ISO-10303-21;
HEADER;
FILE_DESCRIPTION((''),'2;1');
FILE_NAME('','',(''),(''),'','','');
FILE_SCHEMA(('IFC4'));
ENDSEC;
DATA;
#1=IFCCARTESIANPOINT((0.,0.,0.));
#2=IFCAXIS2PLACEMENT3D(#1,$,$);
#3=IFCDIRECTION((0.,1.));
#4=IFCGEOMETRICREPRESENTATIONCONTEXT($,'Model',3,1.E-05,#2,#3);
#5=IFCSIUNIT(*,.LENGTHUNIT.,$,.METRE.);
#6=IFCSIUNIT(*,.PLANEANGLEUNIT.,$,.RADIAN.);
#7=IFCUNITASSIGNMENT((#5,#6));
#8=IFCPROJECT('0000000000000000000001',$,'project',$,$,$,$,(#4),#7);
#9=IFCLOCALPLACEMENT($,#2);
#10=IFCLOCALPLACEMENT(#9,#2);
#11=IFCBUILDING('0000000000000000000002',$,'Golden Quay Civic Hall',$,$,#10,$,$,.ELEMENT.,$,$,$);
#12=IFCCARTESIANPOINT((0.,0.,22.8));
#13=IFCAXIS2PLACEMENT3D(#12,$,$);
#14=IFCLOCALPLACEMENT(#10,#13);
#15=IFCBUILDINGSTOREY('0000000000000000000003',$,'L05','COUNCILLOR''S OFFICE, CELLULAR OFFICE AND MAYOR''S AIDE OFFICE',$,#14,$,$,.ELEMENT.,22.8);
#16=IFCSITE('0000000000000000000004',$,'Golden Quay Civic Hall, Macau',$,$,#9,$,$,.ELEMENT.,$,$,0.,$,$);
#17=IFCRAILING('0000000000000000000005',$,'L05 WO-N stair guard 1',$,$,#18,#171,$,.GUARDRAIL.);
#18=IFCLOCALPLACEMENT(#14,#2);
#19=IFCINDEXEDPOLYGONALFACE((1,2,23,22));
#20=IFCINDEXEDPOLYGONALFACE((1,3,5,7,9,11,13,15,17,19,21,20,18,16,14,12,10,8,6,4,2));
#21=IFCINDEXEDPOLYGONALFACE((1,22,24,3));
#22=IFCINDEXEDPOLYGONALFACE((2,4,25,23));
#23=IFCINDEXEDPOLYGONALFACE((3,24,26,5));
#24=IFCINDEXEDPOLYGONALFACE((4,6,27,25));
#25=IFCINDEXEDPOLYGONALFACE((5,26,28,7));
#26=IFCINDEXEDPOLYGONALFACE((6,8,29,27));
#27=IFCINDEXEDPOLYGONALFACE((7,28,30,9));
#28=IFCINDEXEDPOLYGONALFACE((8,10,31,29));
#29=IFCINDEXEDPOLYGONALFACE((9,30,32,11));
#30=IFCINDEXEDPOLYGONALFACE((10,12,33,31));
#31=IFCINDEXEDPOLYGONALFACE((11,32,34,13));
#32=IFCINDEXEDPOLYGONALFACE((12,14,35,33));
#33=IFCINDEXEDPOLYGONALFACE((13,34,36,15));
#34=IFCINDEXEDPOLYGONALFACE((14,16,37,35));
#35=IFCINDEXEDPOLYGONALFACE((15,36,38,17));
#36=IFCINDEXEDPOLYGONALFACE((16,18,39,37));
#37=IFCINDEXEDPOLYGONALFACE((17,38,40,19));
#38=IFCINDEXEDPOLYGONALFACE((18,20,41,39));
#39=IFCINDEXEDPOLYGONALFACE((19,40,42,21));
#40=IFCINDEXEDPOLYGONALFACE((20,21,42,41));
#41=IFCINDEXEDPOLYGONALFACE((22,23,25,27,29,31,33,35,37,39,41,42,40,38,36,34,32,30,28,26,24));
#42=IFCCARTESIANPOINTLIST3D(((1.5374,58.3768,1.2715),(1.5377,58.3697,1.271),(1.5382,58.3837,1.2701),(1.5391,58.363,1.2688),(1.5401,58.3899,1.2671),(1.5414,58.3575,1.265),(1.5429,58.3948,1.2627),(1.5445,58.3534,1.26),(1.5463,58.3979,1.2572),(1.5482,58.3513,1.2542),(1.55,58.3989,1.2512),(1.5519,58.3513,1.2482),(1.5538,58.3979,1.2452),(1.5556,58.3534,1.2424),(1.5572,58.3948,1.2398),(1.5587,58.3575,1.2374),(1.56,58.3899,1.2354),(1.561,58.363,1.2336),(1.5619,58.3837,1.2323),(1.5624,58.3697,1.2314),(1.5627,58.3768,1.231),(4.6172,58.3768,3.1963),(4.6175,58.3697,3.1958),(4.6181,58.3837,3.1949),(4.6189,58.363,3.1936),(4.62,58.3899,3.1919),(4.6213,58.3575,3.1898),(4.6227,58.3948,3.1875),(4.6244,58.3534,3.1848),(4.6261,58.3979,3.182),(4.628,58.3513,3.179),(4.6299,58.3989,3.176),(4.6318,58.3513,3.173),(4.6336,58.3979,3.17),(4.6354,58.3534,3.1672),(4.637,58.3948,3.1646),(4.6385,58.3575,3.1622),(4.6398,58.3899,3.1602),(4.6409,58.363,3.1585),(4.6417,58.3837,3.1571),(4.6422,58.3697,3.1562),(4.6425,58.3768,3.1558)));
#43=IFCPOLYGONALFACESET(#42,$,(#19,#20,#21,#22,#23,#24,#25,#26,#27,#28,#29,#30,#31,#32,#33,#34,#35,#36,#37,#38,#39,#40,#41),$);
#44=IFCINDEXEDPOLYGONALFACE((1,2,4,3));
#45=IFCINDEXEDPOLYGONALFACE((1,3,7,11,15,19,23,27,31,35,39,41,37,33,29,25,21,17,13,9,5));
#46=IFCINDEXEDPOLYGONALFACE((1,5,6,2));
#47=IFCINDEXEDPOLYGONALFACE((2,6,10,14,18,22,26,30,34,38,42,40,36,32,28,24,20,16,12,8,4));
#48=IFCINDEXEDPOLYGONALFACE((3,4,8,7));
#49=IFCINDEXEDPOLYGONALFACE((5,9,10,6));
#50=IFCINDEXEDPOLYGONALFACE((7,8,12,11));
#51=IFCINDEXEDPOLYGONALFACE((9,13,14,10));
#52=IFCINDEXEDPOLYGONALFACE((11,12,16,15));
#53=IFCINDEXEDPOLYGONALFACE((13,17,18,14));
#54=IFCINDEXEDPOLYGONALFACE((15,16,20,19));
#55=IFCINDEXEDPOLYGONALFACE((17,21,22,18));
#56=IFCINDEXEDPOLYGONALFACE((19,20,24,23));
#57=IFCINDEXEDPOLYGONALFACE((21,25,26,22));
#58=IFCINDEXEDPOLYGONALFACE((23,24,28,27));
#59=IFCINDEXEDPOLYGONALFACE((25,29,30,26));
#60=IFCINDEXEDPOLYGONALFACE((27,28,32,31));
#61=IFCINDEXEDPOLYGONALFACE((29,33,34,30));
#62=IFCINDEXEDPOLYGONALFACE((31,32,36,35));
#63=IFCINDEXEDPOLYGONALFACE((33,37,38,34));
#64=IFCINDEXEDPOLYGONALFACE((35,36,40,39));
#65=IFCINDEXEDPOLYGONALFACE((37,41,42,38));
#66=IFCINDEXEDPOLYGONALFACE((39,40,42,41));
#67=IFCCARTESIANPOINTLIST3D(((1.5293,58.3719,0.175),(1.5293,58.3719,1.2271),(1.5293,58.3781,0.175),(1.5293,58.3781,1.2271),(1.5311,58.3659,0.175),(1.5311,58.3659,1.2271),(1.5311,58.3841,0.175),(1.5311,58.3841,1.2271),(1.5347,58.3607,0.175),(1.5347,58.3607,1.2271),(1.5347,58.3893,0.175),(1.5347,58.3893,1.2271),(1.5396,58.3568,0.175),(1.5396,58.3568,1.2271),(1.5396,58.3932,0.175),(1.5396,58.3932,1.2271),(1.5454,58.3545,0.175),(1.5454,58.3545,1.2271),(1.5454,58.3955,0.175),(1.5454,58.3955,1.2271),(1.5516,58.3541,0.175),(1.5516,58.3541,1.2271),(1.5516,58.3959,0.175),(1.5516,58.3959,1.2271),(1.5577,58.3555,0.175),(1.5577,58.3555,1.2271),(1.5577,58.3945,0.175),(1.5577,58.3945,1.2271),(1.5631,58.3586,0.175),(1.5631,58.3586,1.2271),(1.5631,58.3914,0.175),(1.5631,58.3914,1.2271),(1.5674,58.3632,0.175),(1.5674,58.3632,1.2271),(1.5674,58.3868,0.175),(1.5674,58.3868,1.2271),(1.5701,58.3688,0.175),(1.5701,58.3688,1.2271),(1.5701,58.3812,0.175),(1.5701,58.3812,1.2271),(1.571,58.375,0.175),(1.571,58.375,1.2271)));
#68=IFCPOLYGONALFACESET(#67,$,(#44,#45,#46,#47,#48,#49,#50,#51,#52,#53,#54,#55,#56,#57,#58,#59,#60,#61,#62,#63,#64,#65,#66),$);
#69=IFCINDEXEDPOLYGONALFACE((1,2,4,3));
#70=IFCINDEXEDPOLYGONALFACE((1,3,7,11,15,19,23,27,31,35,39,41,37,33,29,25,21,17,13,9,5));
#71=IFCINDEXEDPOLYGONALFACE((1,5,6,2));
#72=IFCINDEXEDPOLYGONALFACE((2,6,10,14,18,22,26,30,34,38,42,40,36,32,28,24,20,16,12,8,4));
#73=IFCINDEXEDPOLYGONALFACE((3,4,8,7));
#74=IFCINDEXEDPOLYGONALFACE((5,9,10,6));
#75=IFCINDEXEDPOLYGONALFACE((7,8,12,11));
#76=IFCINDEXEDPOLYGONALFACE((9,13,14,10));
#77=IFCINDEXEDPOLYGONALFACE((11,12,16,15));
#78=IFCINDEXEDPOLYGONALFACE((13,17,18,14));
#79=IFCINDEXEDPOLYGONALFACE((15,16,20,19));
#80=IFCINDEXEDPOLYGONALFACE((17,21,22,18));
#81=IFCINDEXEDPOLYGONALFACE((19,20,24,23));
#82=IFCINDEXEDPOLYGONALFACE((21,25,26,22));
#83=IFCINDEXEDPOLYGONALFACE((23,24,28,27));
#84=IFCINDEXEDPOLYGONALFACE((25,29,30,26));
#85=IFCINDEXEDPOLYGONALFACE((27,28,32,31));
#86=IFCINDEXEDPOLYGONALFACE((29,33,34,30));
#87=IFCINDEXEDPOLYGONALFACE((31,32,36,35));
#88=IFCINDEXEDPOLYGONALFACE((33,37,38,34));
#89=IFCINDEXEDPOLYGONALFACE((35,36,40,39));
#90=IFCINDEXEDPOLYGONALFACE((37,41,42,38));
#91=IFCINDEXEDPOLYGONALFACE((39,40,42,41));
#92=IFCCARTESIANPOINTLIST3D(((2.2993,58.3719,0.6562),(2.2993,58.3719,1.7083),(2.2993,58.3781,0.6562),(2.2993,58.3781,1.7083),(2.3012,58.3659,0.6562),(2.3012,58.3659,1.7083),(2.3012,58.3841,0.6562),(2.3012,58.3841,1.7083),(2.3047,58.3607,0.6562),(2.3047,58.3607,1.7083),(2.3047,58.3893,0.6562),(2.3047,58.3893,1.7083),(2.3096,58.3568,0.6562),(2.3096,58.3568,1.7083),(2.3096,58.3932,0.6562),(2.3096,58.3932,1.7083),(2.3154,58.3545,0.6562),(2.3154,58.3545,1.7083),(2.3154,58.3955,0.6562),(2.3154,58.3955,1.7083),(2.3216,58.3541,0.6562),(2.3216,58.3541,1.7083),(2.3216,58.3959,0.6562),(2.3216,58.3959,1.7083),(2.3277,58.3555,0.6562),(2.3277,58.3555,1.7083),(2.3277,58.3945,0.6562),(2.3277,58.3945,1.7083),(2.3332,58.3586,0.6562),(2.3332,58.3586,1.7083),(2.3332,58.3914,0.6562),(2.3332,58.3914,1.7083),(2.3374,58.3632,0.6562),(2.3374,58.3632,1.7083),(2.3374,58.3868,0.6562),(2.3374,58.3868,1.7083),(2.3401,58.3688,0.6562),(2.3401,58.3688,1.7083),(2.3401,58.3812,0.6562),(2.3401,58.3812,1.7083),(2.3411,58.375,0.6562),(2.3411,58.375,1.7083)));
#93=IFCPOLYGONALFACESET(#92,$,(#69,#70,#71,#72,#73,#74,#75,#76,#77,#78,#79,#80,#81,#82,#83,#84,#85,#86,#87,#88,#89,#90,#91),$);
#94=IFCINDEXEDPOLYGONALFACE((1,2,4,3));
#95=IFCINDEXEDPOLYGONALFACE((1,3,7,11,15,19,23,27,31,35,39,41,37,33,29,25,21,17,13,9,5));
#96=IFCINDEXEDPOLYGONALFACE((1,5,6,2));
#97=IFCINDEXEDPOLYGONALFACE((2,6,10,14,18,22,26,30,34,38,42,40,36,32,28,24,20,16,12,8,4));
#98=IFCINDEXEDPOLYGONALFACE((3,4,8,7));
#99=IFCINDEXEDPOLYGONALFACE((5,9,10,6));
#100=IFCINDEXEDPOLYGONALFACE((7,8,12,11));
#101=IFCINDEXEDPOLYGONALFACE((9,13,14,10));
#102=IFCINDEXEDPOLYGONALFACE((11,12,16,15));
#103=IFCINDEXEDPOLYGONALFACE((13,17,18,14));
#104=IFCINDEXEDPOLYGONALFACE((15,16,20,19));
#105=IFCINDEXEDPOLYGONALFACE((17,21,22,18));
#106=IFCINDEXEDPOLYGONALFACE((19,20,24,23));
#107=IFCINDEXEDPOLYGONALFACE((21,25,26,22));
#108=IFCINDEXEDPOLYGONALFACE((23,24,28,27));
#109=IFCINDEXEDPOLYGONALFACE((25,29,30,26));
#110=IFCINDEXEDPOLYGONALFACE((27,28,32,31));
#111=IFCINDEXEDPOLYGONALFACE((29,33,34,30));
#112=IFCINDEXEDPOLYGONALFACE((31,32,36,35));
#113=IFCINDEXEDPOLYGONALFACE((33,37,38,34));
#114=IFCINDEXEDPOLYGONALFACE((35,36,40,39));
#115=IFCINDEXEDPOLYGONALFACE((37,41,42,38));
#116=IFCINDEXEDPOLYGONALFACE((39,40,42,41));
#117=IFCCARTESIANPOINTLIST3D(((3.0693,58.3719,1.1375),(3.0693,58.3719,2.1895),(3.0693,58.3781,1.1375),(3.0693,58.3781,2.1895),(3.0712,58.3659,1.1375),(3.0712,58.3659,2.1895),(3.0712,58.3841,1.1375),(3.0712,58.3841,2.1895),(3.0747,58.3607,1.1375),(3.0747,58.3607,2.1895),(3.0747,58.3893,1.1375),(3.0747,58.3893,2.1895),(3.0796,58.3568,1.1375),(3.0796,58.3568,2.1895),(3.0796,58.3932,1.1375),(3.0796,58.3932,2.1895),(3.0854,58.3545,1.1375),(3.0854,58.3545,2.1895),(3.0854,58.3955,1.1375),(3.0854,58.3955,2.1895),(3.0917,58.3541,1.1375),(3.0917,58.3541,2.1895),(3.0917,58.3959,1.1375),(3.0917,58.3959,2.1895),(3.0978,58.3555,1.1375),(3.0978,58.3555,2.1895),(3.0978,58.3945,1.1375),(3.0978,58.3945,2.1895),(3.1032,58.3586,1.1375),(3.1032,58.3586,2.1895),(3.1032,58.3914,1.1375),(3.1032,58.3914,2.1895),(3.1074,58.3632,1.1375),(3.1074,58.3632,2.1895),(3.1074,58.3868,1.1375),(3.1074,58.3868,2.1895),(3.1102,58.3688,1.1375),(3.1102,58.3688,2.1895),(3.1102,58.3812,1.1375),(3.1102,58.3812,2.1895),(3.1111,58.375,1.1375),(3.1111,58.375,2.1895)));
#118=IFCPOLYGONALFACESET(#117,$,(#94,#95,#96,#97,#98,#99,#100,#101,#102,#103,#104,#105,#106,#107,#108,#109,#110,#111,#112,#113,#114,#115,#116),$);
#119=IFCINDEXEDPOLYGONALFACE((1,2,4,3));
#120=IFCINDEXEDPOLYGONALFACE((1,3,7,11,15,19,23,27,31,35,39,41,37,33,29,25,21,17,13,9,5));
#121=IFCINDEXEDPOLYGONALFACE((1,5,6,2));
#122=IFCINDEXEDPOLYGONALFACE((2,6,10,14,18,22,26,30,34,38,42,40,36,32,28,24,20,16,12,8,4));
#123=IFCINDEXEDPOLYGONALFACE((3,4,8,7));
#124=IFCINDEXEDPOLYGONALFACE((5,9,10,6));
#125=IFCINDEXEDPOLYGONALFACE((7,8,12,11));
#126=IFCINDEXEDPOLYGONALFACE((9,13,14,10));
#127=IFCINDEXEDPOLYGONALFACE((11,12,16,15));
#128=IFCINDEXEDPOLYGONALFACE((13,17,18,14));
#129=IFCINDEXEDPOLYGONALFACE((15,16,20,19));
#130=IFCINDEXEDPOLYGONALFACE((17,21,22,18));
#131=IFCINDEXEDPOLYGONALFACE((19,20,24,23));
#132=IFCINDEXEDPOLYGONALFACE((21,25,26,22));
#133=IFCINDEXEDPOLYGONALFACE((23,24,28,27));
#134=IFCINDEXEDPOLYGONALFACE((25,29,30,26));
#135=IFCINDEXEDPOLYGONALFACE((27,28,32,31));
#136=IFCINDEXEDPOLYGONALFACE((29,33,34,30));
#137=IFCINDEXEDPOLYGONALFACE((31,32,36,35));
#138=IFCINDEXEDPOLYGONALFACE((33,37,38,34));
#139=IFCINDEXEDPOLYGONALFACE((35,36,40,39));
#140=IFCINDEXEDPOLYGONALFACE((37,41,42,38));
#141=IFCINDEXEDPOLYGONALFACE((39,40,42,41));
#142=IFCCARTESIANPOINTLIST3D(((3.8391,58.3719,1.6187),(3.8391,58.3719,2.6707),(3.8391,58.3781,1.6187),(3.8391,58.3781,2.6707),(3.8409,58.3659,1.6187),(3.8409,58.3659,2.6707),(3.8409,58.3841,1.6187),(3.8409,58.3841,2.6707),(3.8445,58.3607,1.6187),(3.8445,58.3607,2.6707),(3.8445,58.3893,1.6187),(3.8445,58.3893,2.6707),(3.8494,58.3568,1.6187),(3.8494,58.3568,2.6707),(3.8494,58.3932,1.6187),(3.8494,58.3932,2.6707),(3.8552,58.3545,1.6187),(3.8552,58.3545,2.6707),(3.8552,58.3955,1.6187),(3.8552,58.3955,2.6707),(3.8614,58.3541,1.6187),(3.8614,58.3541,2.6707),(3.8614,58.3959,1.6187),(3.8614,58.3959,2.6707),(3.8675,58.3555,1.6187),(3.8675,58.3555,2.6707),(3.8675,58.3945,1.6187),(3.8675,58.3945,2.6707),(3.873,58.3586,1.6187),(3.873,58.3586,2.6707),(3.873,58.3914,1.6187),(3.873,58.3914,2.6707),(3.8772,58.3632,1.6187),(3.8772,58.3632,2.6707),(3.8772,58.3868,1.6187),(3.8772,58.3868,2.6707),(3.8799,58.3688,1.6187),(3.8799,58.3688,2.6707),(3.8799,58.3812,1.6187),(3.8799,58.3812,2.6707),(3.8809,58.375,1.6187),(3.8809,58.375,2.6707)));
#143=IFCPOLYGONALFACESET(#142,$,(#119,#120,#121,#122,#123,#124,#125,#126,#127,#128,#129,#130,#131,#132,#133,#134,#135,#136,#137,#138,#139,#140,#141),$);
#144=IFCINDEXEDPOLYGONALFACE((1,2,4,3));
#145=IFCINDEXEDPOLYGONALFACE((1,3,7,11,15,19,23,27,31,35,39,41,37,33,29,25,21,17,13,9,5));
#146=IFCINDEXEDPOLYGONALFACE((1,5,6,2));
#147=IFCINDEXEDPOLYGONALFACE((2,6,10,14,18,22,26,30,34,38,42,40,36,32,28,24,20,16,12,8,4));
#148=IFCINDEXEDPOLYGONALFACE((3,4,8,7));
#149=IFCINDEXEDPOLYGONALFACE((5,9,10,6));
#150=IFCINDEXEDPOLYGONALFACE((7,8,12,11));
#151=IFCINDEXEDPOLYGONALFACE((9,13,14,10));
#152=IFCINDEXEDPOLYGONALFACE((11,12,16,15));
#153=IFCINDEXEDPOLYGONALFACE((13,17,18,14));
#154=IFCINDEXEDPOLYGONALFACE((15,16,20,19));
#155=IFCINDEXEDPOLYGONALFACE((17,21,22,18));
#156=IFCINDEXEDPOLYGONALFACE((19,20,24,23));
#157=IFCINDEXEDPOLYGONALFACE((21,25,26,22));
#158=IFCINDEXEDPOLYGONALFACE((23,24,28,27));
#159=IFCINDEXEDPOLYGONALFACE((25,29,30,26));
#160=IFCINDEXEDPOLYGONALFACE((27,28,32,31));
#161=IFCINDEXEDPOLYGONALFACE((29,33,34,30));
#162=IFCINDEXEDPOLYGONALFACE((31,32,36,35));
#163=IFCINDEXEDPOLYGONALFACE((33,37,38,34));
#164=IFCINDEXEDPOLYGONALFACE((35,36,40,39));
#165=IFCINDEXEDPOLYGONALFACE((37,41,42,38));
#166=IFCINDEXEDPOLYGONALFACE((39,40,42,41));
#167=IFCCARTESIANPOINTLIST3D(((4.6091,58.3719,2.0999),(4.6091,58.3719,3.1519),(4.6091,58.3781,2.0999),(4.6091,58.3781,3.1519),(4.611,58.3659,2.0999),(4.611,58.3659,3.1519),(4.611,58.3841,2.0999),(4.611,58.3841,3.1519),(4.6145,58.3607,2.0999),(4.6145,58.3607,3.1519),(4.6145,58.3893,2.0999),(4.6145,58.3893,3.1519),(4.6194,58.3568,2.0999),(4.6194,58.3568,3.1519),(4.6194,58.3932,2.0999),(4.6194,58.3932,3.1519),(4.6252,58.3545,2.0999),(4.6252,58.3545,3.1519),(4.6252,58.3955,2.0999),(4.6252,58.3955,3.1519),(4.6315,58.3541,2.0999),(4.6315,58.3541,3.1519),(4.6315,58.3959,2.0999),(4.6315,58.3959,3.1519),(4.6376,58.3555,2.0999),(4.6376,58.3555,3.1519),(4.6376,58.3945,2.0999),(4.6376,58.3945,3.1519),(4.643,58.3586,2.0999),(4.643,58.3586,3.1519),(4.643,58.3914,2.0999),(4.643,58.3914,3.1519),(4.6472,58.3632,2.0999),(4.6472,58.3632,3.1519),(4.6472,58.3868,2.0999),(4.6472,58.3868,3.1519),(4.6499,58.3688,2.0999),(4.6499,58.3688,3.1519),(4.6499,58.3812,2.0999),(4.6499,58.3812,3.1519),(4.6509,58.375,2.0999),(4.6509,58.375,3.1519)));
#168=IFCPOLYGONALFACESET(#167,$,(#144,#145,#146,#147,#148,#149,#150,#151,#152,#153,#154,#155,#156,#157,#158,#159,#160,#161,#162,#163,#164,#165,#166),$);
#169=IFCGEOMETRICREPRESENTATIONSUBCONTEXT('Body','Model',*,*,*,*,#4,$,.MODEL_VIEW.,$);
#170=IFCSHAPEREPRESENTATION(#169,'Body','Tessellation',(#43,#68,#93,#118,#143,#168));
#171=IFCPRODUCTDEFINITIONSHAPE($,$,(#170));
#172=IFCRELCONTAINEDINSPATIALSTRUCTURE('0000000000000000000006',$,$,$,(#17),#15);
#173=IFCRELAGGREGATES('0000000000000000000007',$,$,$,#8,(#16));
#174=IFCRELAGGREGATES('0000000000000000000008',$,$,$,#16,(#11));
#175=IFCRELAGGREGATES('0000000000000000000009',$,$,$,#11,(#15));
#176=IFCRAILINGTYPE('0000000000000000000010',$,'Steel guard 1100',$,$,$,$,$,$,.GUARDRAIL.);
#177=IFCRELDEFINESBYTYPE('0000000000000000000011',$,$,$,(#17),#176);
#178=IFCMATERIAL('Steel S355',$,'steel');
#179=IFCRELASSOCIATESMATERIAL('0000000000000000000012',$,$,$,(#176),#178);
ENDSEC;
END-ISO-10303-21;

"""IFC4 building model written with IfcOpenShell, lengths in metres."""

from ifc_helpers import new_model, si_unit, direction, frame, origin, origin_2d, place, context, subcontext, project, spatial, circle, extrude, material, type_object, element, save


model = new_model("IFC4")

# Units and contexts
model_context = context("Model", 3, precision=1e-05, world=origin(), true_north=direction((0.0, 1.0)))
body_context = subcontext(model_context, "Body", "Model", "MODEL_VIEW")
ifc_project = project(units=[si_unit("LENGTHUNIT", "METRE"), si_unit("PLANEANGLEUNIT", "RADIAN")], contexts=[model_context])

# Site, building, storey
site_placement = place(None, origin())
site = spatial("IfcSite", under=ifc_project, at=site_placement, Name="Golden Quay Civic Hall, Macau", CompositionType="ELEMENT", RefElevation=0.0)
building_placement = place(site_placement, origin())
building = spatial("IfcBuilding", under=site, at=building_placement, Name="Golden Quay Civic Hall", CompositionType="ELEMENT")
storey_placement = place(building_placement, frame((0.0, 0.0, 22.8)))
storey = spatial("IfcBuildingStorey", under=building, at=storey_placement, Name="L05", Description="COUNCILLOR'S OFFICE, CELLULAR OFFICE AND MAYOR'S AIDE OFFICE", CompositionType="ELEMENT", Elevation=22.8)

# Railing
ifc_material_1 = material(Name="Steel S355", Category="steel")
railing_type_1 = type_object("IfcRailingType", Name="Steel guard 1100", PredefinedType="GUARDRAIL", material=ifc_material_1)
railing_1_placement = place(storey_placement, frame((1.55, 58.375, 0.175)))
element("IfcRailing", 1, at=railing_1_placement, inside=storey, type_object=railing_type_1, Name="L05 WO-N stair guard 1", PredefinedType="GUARDRAIL", context=body_context, shape_type="SweptSolid", body=[
    extrude(circle(Radius=0.0239, at=origin_2d()), frame((0.0, 0.0, 1.0762), z_axis=(0.84801, 0.0, 0.529981), x_axis=(0.0, 1.0, 0.0)), (0.0, 0.0, 1.0), 3.6318),
    extrude(circle(Radius=0.021, at=origin_2d()), origin(), (0.0, 0.0, 1.0), 1.052),
    extrude(circle(Radius=0.021, at=origin_2d()), frame((0.77, 0.0, 0.4812)), (0.0, 0.0, 1.0), 1.052),
    extrude(circle(Radius=0.021, at=origin_2d()), frame((1.54, 0.0, 0.9624)), (0.0, 0.0, 1.0), 1.052),
    extrude(circle(Radius=0.021, at=origin_2d()), frame((2.3098, 0.0, 1.4436)), (0.0, 0.0, 1.0), 1.052),
    extrude(circle(Radius=0.021, at=origin_2d()), frame((3.0798, 0.0, 1.9248)), (0.0, 0.0, 1.0), 1.052),
])

save(model, "model.ifc")
